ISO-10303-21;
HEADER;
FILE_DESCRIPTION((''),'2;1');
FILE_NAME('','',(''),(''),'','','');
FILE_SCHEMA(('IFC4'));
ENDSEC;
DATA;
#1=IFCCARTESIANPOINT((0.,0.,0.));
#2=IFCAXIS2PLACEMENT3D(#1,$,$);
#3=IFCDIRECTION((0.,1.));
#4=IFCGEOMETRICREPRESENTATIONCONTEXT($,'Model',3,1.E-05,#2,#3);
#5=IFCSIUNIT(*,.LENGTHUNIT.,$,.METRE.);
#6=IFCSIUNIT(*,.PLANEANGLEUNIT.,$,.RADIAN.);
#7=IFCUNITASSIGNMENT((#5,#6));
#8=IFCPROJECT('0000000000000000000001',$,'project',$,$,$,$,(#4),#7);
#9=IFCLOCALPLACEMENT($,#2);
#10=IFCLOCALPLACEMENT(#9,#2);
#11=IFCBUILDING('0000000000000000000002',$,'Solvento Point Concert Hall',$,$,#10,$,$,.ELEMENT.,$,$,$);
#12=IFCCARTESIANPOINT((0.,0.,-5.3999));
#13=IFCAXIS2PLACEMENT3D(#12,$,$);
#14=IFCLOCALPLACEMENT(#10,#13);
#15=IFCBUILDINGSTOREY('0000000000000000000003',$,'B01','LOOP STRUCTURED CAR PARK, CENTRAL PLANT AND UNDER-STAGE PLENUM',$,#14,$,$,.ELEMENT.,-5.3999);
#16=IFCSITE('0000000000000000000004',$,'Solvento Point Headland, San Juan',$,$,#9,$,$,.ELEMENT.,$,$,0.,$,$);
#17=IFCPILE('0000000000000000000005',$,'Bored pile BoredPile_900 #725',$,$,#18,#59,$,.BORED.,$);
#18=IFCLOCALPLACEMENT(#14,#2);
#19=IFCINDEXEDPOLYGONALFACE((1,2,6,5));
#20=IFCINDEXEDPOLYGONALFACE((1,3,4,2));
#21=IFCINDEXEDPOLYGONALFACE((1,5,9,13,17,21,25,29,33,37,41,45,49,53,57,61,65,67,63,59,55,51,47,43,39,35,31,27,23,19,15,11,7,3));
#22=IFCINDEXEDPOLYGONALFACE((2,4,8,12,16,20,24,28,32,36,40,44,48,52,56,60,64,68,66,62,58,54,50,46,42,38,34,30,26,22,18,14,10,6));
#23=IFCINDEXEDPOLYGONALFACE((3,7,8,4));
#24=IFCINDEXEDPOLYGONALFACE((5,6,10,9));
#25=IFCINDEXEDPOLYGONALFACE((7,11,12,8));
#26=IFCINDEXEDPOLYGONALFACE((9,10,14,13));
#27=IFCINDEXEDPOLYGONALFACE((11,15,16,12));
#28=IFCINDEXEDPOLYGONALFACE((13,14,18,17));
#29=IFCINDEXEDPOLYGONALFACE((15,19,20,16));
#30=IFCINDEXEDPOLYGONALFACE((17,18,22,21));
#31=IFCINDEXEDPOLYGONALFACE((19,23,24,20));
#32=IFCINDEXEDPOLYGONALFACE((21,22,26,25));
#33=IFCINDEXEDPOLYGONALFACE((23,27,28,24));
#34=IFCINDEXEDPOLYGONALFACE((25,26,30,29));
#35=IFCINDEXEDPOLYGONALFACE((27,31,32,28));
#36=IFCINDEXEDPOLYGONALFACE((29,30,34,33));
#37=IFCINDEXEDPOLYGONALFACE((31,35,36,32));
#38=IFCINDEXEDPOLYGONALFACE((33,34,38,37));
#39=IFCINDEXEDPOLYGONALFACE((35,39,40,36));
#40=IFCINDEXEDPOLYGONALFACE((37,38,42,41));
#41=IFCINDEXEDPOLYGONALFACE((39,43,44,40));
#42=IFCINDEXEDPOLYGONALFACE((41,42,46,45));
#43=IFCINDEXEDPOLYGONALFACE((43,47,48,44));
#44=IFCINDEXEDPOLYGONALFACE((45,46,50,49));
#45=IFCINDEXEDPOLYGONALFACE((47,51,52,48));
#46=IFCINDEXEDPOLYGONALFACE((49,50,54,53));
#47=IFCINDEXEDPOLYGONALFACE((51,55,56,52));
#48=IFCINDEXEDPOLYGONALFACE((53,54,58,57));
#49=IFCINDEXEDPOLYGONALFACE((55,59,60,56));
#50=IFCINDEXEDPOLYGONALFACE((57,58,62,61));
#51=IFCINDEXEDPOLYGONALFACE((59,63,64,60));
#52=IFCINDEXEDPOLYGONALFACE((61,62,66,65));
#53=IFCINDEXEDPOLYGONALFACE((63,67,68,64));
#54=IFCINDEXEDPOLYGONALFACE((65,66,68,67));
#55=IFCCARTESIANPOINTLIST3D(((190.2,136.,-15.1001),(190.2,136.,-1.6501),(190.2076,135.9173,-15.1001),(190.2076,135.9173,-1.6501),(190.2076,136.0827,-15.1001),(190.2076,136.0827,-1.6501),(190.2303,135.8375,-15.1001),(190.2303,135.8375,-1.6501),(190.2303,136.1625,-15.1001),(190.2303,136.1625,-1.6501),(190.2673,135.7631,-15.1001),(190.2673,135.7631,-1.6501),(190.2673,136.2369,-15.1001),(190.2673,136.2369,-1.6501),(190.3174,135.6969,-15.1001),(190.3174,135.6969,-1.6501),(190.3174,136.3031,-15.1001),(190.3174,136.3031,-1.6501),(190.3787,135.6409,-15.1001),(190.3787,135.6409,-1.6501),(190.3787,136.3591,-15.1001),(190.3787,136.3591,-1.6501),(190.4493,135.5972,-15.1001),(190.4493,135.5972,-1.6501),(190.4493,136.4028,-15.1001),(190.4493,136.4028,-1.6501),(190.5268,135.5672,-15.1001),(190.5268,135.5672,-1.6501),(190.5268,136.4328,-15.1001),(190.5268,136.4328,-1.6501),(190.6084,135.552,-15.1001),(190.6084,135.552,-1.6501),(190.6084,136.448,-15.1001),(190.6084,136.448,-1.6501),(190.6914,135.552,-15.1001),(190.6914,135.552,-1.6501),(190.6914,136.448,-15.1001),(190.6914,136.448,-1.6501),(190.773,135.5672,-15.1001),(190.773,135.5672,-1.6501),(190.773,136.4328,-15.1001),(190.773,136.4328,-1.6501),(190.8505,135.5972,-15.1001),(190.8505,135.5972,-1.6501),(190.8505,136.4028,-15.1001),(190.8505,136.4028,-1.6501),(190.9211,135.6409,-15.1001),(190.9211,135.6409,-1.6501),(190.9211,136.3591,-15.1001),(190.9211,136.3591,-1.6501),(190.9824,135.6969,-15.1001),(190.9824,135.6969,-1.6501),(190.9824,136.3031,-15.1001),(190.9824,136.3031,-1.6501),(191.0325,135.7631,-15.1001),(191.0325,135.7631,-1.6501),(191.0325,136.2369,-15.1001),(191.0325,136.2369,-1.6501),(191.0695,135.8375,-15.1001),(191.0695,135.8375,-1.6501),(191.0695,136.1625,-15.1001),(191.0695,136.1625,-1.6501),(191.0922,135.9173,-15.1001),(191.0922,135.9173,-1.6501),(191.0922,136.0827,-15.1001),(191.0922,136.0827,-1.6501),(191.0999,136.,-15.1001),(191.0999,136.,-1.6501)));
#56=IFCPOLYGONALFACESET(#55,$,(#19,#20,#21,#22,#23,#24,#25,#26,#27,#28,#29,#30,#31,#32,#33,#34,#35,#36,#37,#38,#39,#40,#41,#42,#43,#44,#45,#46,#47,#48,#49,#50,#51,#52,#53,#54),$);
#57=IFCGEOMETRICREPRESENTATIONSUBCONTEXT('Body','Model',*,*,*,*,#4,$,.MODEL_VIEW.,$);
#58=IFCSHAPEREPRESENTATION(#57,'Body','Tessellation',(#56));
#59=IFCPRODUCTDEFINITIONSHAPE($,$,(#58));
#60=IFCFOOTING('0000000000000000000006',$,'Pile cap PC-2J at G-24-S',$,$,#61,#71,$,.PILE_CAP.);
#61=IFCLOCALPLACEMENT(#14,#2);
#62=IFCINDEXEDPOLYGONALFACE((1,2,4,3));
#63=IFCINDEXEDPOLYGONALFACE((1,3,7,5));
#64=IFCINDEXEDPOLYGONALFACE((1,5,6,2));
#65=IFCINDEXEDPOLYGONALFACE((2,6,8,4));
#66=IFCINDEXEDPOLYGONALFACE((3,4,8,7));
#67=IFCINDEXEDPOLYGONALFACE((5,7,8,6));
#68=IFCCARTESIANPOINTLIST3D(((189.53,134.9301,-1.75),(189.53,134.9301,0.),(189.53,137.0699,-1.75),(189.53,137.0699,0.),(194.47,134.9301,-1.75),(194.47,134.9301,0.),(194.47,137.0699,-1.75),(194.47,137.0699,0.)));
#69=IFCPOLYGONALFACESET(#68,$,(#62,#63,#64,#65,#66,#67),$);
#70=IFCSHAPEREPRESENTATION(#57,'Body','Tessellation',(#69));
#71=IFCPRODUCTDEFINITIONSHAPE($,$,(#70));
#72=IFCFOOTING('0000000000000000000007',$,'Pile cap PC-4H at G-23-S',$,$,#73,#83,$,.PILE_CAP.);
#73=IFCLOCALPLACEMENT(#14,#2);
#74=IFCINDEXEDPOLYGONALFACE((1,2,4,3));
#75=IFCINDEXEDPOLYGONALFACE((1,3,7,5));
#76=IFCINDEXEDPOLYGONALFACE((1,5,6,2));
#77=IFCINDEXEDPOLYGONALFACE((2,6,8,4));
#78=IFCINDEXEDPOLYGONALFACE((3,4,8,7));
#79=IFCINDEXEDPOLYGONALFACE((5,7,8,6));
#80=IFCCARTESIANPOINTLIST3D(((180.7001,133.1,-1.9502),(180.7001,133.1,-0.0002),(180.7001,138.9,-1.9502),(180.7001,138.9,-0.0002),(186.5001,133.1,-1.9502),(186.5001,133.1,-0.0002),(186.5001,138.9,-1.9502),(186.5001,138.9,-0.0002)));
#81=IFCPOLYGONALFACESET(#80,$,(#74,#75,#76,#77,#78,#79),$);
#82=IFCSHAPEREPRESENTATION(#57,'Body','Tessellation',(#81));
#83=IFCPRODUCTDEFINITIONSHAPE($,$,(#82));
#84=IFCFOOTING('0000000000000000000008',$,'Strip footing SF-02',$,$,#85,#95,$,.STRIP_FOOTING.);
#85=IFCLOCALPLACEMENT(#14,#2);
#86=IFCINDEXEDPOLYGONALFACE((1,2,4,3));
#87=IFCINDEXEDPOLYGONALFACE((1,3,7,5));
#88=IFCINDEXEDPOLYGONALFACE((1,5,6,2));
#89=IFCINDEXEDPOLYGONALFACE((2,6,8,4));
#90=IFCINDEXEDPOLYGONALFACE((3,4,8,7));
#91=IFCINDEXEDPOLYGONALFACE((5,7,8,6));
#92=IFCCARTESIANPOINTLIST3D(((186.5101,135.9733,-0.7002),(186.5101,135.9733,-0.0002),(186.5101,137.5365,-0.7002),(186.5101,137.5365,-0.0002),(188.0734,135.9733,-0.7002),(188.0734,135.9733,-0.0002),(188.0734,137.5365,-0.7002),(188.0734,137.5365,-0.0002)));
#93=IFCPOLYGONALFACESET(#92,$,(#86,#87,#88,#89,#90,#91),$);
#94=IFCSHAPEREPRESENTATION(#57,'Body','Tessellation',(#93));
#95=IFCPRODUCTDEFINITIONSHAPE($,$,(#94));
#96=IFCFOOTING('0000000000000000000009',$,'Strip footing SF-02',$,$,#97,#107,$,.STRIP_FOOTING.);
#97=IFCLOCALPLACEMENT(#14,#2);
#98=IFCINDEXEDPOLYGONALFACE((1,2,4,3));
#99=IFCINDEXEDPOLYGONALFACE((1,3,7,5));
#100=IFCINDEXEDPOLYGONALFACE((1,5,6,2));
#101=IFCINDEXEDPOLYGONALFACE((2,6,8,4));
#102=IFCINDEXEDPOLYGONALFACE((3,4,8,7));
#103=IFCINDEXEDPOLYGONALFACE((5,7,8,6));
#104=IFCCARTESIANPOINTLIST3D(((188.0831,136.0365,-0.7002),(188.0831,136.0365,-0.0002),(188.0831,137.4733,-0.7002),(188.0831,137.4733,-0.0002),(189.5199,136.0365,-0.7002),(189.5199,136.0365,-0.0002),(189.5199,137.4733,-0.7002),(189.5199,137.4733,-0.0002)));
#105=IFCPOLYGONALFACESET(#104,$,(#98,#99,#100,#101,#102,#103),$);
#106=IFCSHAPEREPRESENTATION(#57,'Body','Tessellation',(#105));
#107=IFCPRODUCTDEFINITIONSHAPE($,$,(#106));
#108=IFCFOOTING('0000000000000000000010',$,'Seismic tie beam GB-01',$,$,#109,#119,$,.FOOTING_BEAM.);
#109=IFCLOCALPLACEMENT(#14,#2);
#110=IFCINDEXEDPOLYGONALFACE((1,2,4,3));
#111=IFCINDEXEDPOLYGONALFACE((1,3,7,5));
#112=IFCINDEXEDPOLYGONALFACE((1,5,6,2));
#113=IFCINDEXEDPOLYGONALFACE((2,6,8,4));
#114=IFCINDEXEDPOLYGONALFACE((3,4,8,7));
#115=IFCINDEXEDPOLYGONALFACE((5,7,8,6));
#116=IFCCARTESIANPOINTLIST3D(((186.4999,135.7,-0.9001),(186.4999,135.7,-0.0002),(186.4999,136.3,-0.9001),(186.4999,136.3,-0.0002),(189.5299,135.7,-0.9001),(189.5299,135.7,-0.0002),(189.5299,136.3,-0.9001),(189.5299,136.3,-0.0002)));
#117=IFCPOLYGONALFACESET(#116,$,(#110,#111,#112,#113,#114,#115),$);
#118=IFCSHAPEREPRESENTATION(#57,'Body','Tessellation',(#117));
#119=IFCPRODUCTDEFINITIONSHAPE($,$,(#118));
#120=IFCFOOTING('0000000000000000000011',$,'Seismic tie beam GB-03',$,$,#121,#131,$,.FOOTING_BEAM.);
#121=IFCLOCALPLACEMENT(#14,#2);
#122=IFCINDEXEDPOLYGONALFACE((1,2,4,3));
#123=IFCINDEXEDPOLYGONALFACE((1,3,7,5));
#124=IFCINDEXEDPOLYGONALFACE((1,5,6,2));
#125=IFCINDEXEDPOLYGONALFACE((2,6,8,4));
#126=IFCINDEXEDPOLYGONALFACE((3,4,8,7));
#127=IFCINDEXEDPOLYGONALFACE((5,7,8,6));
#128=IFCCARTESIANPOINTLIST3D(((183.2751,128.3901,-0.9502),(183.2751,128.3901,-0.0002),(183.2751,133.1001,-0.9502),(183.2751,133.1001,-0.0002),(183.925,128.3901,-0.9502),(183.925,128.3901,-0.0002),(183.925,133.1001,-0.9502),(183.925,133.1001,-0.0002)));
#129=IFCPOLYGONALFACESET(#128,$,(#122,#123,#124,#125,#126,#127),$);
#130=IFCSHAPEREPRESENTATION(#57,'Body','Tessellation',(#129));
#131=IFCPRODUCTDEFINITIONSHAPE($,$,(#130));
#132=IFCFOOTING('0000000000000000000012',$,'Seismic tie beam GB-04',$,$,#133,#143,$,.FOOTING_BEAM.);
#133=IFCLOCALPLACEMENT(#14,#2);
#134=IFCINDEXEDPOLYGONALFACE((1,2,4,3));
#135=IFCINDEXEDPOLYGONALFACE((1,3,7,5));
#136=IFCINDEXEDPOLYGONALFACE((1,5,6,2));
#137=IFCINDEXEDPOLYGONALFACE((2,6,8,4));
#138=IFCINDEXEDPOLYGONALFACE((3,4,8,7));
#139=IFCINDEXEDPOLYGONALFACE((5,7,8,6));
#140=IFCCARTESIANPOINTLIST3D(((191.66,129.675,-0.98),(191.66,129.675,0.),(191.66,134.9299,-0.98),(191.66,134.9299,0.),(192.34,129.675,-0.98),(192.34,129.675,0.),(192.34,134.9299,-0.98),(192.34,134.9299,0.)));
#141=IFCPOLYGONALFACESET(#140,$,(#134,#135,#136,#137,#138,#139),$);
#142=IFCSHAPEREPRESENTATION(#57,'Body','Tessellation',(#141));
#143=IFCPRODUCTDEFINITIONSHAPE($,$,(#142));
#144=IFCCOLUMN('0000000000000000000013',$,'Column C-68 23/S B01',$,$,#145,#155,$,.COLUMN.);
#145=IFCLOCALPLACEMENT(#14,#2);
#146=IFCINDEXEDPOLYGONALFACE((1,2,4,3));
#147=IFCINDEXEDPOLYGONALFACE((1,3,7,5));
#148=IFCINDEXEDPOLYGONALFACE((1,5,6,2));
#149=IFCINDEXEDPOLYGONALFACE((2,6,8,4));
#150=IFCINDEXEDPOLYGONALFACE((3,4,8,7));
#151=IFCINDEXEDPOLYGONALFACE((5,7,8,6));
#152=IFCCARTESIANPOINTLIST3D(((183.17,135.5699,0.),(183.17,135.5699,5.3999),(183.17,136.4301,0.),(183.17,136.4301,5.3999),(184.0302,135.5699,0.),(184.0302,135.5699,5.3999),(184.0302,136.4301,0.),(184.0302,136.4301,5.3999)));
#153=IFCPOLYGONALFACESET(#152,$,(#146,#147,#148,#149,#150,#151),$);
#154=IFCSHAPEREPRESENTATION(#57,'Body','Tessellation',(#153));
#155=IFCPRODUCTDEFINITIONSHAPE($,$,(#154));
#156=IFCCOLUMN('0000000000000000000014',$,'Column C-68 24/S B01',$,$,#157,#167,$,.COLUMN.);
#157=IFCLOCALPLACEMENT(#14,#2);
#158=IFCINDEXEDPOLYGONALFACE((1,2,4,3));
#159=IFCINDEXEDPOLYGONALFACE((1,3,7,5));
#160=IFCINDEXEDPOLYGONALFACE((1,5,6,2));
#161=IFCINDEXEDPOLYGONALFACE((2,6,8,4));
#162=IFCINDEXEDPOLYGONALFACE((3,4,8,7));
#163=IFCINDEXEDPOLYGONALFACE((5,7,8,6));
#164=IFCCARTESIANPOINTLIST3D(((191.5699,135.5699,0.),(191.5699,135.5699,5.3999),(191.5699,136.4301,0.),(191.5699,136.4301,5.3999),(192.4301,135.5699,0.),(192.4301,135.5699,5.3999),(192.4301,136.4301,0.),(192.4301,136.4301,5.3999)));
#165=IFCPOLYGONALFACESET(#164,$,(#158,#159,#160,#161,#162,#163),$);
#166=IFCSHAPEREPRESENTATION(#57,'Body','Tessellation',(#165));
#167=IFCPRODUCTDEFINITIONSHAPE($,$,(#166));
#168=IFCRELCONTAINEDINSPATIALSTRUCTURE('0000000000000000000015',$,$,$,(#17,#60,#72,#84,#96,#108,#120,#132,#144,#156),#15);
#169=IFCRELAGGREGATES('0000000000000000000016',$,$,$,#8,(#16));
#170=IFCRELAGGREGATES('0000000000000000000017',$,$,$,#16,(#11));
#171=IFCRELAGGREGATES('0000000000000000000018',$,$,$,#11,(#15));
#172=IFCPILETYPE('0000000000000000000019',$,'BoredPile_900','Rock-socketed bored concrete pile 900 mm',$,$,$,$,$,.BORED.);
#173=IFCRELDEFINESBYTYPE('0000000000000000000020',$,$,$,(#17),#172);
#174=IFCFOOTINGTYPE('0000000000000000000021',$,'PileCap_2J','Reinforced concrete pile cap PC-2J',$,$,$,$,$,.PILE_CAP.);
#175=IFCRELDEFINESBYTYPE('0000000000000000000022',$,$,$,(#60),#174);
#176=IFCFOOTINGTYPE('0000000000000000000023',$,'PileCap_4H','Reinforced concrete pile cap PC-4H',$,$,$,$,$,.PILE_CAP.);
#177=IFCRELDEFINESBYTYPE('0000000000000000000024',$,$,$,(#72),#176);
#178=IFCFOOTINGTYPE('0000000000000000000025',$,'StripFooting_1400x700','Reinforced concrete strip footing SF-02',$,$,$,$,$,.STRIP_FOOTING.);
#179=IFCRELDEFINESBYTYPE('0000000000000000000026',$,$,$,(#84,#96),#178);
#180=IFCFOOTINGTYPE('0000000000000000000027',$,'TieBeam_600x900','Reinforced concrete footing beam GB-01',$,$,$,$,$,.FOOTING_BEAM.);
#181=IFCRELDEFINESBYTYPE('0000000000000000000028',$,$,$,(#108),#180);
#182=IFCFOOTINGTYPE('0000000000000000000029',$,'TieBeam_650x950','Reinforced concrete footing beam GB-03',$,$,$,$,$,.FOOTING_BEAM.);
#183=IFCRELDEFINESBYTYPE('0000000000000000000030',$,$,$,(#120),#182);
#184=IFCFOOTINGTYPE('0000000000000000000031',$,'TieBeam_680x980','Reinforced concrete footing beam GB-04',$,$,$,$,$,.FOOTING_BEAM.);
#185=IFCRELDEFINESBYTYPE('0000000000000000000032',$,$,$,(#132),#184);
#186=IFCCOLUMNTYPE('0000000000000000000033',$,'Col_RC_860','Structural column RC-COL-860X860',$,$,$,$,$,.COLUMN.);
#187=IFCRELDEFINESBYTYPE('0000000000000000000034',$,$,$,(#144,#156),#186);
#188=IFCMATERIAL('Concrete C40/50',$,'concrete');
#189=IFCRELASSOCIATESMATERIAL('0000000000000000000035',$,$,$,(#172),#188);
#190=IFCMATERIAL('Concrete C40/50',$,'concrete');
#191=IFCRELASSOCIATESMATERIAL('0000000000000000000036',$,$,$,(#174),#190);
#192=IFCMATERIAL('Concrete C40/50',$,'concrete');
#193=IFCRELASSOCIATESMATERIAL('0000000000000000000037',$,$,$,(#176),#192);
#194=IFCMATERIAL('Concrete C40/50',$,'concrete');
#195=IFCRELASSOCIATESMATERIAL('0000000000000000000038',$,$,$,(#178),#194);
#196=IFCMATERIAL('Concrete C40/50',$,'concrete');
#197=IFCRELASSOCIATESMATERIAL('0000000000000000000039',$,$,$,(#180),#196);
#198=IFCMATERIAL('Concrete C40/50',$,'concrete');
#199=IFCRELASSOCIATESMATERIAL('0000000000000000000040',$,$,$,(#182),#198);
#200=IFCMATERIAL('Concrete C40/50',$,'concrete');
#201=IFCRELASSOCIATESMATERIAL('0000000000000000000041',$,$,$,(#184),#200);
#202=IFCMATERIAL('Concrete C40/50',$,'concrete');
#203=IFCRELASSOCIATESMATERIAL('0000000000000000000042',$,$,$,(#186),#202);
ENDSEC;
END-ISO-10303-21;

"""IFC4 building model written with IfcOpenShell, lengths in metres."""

from ifc_helpers import new_model, si_unit, direction, frame, origin, origin_2d, place, context, subcontext, project, spatial, rectangle, circle, extrude, material, material_profile, profile_set, type_object, element, save


model = new_model("IFC4")

# Units and contexts
model_context = context("Model", 3, precision=1e-05, world=origin(), true_north=direction((0.0, 1.0)))
body_context = subcontext(model_context, "Body", "Model", "MODEL_VIEW")
ifc_project = project(units=[si_unit("LENGTHUNIT", "METRE"), si_unit("PLANEANGLEUNIT", "RADIAN")], contexts=[model_context])

# Site, building, storey
site_placement = place(None, origin())
site = spatial("IfcSite", under=ifc_project, at=site_placement, Name="Solvento Point Headland, San Juan", CompositionType="ELEMENT", RefElevation=0.0)
building_placement = place(site_placement, origin())
building = spatial("IfcBuilding", under=site, at=building_placement, Name="Solvento Point Concert Hall", CompositionType="ELEMENT")
storey_placement = place(building_placement, frame((0.0, 0.0, -5.3999)))
storey = spatial("IfcBuildingStorey", under=building, at=storey_placement, Name="B01", Description="LOOP STRUCTURED CAR PARK, CENTRAL PLANT AND UNDER-STAGE PLENUM", CompositionType="ELEMENT", Elevation=-5.3999)

# Pile
ifc_material_1 = material(Name="Concrete C40/50", Category="concrete")
ifc_material_profile_1 = material_profile(ifc_material_1, circle(Radius=0.45, at=origin_2d()), Name="BP-900")
ifc_profile_set_1 = profile_set([ifc_material_profile_1], Name="Concrete C40/50")
pile_type_1 = type_object("IfcPileType", Name="BoredPile_900", Description="Rock-socketed bored concrete pile 900 mm", PredefinedType="BORED", material=ifc_profile_set_1)
pile_placement = place(storey_placement, frame((190.6499, 136.0, -1.6501), z_axis=(0.0, 0.0, -1.0), x_axis=(1.0, 0.0, 0.0)))
element("IfcPile", 1, at=pile_placement, inside=storey, type_object=pile_type_1, Name="Bored pile BoredPile_900 #725", PredefinedType="BORED", context=body_context, shape_type="SweptSolid", body=[
    extrude(circle(Radius=0.45, at=origin_2d()), origin(), (0.0, 0.0, 1.0), 13.45),
])

# Footings
ifc_material_2 = material(Name="Concrete C40/50", Category="concrete")
footing_type_1 = type_object("IfcFootingType", Name="PileCap_2J", Description="Reinforced concrete pile cap PC-2J", PredefinedType="PILE_CAP", material=ifc_material_2)
footing_1_placement = place(storey_placement, frame((192.0, 136.0, -1.75), z_axis=(0.0, 0.0, 1.0), x_axis=(1.0, 0.0, 0.0)))
element("IfcFooting", 2, at=footing_1_placement, inside=storey, type_object=footing_type_1, Name="Pile cap PC-2J at G-24-S", PredefinedType="PILE_CAP", context=body_context, shape_type="SweptSolid", body=[
    extrude(rectangle(XDim=4.9399, YDim=2.1399, at=origin_2d()), origin(), (0.0, 0.0, 1.0), 1.75),
])
ifc_material_3 = material(Name="Concrete C40/50", Category="concrete")
footing_type_2 = type_object("IfcFootingType", Name="PileCap_4H", Description="Reinforced concrete pile cap PC-4H", PredefinedType="PILE_CAP", material=ifc_material_3)
footing_2_placement = place(storey_placement, frame((183.6001, 136.0, -1.9502), z_axis=(0.0, 0.0, 1.0), x_axis=(1.0, 0.0, 0.0)))
element("IfcFooting", 3, at=footing_2_placement, inside=storey, type_object=footing_type_2, Name="Pile cap PC-4H at G-23-S", PredefinedType="PILE_CAP", context=body_context, shape_type="SweptSolid", body=[
    extrude(rectangle(XDim=5.8, YDim=5.8, at=origin_2d()), origin(), (0.0, 0.0, 1.0), 1.95),
])
ifc_material_4 = material(Name="Concrete C40/50", Category="concrete")
footing_type_3 = type_object("IfcFootingType", Name="StripFooting_1400x700", Description="Reinforced concrete strip footing SF-02", PredefinedType="STRIP_FOOTING", material=ifc_material_4)
footing_3_placement = place(storey_placement, frame((187.2917, 136.7549, -0.7002), z_axis=(0.0, 0.0, 1.0), x_axis=(1.0, 0.0, 0.0)))
element("IfcFooting", 4, at=footing_3_placement, inside=storey, type_object=footing_type_3, Name="Strip footing SF-02", PredefinedType="STRIP_FOOTING", context=body_context, shape_type="SweptSolid", body=[
    extrude(rectangle(XDim=1.5632, YDim=1.5632, at=origin_2d()), origin(), (0.0, 0.0, 1.0), 0.7),
])
footing_4_placement = place(storey_placement, frame((188.8015, 136.7549, -0.7002), z_axis=(0.0, 0.0, 1.0), x_axis=(1.0, 0.0, 0.0)))
element("IfcFooting", 5, at=footing_4_placement, inside=storey, type_object=footing_type_3, Name="Strip footing SF-02", PredefinedType="STRIP_FOOTING", context=body_context, shape_type="SweptSolid", body=[
    extrude(rectangle(XDim=1.4368, YDim=1.4368, at=origin_2d()), origin(), (0.0, 0.0, 1.0), 0.7),
])
ifc_material_5 = material(Name="Concrete C40/50", Category="concrete")
footing_type_4 = type_object("IfcFootingType", Name="TieBeam_600x900", Description="Reinforced concrete footing beam GB-01", PredefinedType="FOOTING_BEAM", material=ifc_material_5)
footing_5_placement = place(storey_placement, frame((188.0149, 136.0, -0.9001), z_axis=(0.0, 0.0, 1.0), x_axis=(1.0, 0.0, 0.0)))
element("IfcFooting", 6, at=footing_5_placement, inside=storey, type_object=footing_type_4, Name="Seismic tie beam GB-01", PredefinedType="FOOTING_BEAM", context=body_context, shape_type="SweptSolid", body=[
    extrude(rectangle(XDim=3.03, YDim=0.6001, at=origin_2d()), origin(), (0.0, 0.0, 1.0), 0.8999),
])
ifc_material_6 = material(Name="Concrete C40/50", Category="concrete")
footing_type_5 = type_object("IfcFootingType", Name="TieBeam_650x950", Description="Reinforced concrete footing beam GB-03", PredefinedType="FOOTING_BEAM", material=ifc_material_6)
footing_6_placement = place(storey_placement, frame((183.6001, 130.7451, -0.9502), z_axis=(0.0, 0.0, 1.0), x_axis=(0.0, 1.0, 0.0)))
element("IfcFooting", 7, at=footing_6_placement, inside=storey, type_object=footing_type_5, Name="Seismic tie beam GB-03", PredefinedType="FOOTING_BEAM", context=body_context, shape_type="SweptSolid", body=[
    extrude(rectangle(XDim=4.71, YDim=0.6499, at=origin_2d()), origin(), (0.0, 0.0, 1.0), 0.95),
])
ifc_material_7 = material(Name="Concrete C40/50", Category="concrete")
footing_type_6 = type_object("IfcFootingType", Name="TieBeam_680x980", Description="Reinforced concrete footing beam GB-04", PredefinedType="FOOTING_BEAM", material=ifc_material_7)
footing_7_placement = place(storey_placement, frame((192.0, 132.3025, -0.98), z_axis=(0.0, 0.0, 1.0), x_axis=(0.0, 1.0, 0.0)))
element("IfcFooting", 8, at=footing_7_placement, inside=storey, type_object=footing_type_6, Name="Seismic tie beam GB-04", PredefinedType="FOOTING_BEAM", context=body_context, shape_type="SweptSolid", body=[
    extrude(rectangle(XDim=5.2549, YDim=0.6799, at=origin_2d()), origin(), (0.0, 0.0, 1.0), 0.98),
])

# Columns
ifc_material_8 = material(Name="Concrete C40/50", Category="concrete")
ifc_material_profile_2 = material_profile(ifc_material_8, rectangle(XDim=0.8601, YDim=0.8601, at=origin_2d()), Name="RC-COL-860X860")
ifc_profile_set_2 = profile_set([ifc_material_profile_2], Name="Concrete C40/50")
column_type = type_object("IfcColumnType", Name="Col_RC_860", Description="Structural column RC-COL-860X860", PredefinedType="COLUMN", material=ifc_profile_set_2)
for number, where, z_axis, x_axis, name in (
    (9, (183.6001, 136.0, 0.0), (0.0, 0.0, 1.0), (1.0, 0.0, 0.0), "Column C-68 23/S B01"),
    (10, (192.0, 136.0, 0.0), (0.0, 0.0, 1.0), (1.0, 0.0, 0.0), "Column C-68 24/S B01"),
):
    element("IfcColumn", number, at=place(storey_placement, frame(where, z_axis=z_axis, x_axis=x_axis)), inside=storey, type_object=column_type, Name=name, PredefinedType="COLUMN", context=body_context, shape_type="SweptSolid", body=[
        extrude(rectangle(XDim=0.8601, YDim=0.8601, at=origin_2d()), origin(), (0.0, 0.0, 1.0), 5.3999),
    ])

save(model, "model.ifc")
